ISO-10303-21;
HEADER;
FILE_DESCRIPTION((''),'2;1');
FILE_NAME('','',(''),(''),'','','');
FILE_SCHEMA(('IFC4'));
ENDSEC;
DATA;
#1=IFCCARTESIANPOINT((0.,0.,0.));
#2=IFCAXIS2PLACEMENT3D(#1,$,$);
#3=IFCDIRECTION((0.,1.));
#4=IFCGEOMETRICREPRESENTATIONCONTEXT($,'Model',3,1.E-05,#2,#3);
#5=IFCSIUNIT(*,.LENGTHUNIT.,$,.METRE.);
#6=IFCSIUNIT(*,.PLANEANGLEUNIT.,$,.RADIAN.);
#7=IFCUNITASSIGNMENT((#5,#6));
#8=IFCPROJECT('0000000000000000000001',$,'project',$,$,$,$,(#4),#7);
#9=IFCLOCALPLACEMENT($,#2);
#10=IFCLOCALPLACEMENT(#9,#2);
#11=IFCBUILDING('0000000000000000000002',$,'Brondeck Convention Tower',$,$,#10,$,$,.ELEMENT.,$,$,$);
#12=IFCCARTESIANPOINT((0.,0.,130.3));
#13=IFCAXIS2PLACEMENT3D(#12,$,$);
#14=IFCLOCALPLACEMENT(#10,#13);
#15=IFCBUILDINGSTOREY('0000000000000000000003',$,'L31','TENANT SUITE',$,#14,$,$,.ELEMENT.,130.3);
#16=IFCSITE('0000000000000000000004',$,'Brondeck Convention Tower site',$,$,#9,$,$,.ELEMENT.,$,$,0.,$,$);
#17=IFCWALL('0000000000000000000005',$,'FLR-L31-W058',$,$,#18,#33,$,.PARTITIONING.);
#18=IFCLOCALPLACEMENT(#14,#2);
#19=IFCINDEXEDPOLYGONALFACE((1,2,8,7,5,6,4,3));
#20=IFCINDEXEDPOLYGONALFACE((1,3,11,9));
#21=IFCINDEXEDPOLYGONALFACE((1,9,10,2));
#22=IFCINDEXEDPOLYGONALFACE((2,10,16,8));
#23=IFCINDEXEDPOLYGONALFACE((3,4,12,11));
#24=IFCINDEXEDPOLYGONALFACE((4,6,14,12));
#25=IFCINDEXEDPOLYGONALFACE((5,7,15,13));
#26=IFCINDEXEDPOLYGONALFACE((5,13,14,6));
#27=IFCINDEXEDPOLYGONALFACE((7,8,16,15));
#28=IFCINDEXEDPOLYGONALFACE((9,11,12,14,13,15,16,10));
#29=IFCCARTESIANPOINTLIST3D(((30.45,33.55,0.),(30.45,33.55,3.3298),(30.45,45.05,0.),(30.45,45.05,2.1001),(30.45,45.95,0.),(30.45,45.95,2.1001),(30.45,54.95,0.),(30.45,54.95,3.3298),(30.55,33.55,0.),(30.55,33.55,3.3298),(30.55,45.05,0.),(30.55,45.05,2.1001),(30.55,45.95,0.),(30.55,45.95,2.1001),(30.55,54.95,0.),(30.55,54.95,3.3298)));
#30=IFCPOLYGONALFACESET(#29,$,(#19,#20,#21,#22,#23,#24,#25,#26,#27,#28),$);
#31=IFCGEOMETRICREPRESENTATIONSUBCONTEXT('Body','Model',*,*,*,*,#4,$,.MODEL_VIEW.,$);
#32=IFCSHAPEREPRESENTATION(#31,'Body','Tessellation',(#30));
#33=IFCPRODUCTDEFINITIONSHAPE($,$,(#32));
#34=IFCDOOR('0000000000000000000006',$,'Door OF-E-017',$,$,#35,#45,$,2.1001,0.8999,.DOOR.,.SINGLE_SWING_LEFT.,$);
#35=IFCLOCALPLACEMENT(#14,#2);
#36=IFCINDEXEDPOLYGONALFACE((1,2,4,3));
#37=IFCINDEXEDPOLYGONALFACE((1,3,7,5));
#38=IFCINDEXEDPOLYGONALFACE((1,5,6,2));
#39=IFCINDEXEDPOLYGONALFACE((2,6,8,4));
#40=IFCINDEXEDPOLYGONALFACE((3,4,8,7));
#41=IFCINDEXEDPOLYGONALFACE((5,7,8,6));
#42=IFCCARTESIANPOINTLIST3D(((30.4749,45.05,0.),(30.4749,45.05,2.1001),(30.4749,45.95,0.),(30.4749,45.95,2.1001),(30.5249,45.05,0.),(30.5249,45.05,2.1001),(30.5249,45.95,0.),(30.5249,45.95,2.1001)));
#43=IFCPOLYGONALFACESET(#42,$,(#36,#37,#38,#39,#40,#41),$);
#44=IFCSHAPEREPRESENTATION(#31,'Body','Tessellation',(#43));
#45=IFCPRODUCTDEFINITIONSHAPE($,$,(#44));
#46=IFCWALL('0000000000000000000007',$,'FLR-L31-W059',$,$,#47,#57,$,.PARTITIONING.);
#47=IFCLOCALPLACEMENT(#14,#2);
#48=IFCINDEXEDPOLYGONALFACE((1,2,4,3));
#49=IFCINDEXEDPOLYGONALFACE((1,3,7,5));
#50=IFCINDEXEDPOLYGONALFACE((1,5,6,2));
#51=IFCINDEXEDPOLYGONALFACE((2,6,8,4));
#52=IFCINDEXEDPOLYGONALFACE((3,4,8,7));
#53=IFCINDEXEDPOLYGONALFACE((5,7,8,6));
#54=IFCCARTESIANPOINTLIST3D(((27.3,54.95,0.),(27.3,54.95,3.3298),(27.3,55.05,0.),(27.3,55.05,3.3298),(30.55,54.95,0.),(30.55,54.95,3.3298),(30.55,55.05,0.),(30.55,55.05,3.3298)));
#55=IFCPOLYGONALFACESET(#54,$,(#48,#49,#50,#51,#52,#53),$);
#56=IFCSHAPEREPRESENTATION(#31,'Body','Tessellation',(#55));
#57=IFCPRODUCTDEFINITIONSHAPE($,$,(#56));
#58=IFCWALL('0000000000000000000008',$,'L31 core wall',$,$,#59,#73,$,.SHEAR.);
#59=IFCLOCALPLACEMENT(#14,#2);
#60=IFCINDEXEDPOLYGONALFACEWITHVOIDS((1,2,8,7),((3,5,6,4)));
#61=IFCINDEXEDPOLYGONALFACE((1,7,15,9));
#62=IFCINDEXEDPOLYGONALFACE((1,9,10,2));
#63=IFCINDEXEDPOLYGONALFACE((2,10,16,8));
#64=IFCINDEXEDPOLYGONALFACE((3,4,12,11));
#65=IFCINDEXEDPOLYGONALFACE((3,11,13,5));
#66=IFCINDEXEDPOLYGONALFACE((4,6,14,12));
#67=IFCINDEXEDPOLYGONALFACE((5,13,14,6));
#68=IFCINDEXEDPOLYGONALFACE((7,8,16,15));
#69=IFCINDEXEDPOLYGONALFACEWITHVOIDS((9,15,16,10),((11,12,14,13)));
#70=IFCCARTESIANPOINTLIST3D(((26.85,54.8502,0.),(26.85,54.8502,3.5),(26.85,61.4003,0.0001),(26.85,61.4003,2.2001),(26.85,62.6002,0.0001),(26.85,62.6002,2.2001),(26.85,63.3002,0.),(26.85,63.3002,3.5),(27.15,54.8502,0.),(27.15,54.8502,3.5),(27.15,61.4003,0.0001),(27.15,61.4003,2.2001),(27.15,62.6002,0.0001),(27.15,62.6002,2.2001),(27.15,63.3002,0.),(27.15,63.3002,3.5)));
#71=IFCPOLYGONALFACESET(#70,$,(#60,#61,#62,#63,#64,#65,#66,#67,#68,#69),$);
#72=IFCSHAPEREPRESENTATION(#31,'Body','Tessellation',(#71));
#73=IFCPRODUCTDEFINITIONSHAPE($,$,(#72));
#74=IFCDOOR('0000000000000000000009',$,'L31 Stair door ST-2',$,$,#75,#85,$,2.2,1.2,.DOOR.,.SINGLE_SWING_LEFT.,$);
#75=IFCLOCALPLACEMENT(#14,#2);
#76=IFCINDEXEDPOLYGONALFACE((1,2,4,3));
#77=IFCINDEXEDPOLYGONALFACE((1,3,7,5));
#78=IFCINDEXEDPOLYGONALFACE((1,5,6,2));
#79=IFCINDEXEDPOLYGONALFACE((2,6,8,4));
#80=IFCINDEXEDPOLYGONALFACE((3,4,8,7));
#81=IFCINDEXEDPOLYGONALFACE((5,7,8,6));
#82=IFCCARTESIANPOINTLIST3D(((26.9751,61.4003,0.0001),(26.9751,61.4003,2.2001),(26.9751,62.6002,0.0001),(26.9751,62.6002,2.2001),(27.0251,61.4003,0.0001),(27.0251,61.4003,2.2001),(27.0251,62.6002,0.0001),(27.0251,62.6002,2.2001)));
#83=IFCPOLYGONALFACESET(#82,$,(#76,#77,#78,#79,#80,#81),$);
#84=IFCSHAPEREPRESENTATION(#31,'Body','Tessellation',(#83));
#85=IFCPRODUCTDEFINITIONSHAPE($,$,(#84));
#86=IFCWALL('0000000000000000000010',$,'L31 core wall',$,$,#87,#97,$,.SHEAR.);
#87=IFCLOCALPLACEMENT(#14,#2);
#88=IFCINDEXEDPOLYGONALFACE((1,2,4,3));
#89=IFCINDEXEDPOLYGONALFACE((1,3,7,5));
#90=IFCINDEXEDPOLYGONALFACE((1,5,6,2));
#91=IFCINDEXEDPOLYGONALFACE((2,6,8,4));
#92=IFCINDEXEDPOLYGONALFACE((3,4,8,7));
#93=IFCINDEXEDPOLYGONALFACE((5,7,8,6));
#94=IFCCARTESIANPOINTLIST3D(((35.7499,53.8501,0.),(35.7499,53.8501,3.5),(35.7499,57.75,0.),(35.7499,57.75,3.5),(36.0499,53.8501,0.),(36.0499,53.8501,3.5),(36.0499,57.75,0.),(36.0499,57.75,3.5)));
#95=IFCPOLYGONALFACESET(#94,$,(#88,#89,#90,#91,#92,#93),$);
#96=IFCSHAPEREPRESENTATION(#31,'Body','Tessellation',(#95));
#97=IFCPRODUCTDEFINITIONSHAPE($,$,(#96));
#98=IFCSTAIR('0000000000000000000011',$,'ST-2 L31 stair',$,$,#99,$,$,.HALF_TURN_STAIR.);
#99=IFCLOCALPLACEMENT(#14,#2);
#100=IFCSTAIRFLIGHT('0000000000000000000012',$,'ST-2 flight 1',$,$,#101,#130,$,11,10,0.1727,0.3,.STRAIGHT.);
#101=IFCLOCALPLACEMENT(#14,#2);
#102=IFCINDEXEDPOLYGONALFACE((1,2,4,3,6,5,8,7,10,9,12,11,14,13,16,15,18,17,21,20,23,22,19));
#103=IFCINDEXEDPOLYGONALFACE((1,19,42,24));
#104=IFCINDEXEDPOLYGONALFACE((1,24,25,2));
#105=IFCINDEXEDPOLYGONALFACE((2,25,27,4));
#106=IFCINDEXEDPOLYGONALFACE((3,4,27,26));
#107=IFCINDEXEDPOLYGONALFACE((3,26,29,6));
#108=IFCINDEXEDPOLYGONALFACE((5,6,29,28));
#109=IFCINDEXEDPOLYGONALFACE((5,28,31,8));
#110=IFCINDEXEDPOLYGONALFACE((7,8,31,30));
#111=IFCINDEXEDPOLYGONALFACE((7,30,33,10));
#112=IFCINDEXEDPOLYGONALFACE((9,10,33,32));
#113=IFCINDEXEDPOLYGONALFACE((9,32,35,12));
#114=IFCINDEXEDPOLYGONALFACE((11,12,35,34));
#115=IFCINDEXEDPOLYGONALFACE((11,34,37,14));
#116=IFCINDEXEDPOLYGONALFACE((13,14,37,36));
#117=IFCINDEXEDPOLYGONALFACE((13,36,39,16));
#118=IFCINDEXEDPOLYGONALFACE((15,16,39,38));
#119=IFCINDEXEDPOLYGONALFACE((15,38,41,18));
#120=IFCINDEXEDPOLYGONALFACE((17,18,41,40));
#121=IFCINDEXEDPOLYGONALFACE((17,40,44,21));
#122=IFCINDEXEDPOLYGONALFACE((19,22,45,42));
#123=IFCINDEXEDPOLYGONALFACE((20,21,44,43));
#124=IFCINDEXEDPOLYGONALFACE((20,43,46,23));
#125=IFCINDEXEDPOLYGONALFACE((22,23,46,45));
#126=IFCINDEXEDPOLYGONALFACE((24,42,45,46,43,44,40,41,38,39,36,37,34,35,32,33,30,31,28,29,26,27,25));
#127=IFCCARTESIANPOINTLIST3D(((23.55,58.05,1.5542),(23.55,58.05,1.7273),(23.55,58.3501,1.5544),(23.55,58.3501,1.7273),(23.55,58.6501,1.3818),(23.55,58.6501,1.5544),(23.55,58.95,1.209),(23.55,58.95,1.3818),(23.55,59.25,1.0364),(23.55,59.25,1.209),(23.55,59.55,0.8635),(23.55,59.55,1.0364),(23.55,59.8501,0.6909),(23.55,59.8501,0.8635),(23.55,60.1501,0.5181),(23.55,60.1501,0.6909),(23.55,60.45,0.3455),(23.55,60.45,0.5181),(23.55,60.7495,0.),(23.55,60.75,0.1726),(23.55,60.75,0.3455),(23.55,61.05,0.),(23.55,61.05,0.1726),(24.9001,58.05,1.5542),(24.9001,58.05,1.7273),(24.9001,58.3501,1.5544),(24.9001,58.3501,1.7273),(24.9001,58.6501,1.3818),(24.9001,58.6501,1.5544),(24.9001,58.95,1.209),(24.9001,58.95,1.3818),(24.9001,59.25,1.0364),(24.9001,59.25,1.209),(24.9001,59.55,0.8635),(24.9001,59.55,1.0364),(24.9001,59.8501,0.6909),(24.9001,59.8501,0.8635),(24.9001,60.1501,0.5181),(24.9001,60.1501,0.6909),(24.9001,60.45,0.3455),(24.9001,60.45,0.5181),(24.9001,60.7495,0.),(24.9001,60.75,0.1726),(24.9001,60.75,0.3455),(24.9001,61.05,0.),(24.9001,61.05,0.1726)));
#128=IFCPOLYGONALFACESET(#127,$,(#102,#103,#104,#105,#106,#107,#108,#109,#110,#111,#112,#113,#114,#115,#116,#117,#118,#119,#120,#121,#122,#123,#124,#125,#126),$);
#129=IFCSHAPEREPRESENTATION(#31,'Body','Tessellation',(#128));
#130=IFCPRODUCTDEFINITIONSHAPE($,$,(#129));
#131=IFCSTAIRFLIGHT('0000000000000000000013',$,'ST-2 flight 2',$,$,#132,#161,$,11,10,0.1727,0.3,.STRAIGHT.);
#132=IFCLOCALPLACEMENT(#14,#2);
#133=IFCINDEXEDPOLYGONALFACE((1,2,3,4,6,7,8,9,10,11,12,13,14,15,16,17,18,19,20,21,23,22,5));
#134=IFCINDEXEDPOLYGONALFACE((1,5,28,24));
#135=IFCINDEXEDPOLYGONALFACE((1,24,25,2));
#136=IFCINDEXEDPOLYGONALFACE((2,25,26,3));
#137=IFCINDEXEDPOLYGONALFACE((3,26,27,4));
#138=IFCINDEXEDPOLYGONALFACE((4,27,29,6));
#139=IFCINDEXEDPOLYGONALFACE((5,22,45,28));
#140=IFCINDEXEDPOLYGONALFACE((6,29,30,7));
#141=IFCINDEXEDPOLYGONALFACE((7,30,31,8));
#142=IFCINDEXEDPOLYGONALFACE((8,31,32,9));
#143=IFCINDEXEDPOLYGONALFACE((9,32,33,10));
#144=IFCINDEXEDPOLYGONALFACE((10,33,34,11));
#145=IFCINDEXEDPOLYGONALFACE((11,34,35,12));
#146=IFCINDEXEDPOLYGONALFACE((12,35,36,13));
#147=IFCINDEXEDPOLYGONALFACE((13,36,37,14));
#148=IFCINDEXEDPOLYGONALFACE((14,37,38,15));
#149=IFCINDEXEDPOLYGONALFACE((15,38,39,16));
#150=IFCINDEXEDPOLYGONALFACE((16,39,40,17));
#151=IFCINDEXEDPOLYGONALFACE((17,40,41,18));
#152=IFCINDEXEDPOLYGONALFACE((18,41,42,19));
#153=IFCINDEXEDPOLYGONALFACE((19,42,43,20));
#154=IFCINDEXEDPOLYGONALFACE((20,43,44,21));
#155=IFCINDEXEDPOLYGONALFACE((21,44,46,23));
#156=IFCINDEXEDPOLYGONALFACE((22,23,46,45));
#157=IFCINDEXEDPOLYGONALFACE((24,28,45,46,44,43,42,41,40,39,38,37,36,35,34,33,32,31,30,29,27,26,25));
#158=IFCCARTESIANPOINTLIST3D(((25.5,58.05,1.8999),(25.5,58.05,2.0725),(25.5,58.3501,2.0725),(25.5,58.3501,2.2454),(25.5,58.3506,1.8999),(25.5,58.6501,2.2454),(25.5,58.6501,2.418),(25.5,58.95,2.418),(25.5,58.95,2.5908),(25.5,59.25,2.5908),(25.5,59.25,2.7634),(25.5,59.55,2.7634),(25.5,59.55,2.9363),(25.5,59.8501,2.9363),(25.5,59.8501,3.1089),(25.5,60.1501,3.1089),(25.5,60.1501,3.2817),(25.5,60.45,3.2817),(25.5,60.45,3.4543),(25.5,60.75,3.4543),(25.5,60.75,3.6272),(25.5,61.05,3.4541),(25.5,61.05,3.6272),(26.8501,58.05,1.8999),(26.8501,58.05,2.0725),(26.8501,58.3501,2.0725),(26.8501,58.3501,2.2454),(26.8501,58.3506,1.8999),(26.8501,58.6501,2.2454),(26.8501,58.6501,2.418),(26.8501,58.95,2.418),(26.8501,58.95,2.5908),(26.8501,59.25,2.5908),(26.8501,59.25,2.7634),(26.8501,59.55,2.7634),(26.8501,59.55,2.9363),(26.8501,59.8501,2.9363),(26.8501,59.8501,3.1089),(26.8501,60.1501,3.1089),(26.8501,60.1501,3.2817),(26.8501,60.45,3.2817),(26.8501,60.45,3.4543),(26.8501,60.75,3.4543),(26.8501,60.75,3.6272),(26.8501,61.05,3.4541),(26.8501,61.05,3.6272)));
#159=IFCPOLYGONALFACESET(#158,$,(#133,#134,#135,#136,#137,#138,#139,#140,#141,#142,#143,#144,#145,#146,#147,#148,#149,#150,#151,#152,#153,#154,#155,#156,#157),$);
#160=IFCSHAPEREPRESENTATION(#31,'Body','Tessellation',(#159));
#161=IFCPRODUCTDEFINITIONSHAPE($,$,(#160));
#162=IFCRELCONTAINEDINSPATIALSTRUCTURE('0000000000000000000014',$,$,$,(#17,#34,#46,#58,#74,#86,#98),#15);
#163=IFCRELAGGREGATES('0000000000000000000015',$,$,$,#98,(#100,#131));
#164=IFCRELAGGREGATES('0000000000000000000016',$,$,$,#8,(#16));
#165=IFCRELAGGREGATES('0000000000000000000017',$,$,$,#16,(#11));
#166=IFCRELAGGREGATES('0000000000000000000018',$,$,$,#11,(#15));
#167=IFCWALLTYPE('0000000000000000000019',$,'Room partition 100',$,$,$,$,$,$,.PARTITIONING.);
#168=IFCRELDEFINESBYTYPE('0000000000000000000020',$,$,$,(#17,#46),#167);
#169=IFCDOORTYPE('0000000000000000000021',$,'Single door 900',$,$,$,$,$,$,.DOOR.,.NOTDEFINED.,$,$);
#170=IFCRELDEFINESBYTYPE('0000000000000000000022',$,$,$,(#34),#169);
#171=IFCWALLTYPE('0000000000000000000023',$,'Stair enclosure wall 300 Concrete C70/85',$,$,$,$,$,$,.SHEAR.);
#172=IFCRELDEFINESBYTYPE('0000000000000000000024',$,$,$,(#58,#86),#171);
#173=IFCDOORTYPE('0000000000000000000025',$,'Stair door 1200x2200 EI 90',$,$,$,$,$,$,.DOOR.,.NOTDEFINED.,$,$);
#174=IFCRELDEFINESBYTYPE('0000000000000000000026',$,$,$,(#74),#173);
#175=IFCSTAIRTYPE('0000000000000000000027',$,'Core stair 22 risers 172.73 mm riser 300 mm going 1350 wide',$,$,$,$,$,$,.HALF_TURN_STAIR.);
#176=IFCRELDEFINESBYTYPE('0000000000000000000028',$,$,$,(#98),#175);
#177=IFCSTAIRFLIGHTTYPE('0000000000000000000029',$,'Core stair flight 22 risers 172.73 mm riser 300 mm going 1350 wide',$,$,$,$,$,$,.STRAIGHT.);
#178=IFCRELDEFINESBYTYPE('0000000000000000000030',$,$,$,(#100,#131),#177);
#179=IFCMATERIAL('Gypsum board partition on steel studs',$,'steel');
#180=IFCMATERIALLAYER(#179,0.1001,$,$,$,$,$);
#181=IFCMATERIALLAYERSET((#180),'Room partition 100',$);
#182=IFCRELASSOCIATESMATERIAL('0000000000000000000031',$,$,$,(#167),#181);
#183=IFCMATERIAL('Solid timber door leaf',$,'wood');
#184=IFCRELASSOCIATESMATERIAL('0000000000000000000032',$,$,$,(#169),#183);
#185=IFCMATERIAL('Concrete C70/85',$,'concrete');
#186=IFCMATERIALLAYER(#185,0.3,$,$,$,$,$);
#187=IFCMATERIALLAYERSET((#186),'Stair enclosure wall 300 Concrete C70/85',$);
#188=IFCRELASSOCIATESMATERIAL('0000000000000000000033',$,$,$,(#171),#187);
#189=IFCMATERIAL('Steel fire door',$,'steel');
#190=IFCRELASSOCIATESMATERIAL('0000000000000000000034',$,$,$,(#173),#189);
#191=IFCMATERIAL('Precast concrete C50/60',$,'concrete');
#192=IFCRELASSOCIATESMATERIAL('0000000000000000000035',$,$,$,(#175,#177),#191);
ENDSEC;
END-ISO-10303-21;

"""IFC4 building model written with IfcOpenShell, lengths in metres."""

from ifc_helpers import new_model, si_unit, direction, frame, frame_2d, origin, place, context, subcontext, project, spatial, polyline, rectangle, outline, extrude, material, layer, layer_set, type_object, element, fill, aggregate, save


model = new_model("IFC4")

# Units and contexts
model_context = context("Model", 3, precision=1e-05, world=origin(), true_north=direction((0.0, 1.0)))
body_context = subcontext(model_context, "Body", "Model", "MODEL_VIEW")
ifc_project = project(units=[si_unit("LENGTHUNIT", "METRE"), si_unit("PLANEANGLEUNIT", "RADIAN")], contexts=[model_context])

# Site, building, storey
site_placement = place(None, origin())
site = spatial("IfcSite", under=ifc_project, at=site_placement, Name="Brondeck Convention Tower site", CompositionType="ELEMENT", RefElevation=0.0)
building_placement = place(site_placement, origin())
building = spatial("IfcBuilding", under=site, at=building_placement, Name="Brondeck Convention Tower", CompositionType="ELEMENT")
storey_placement = place(building_placement, frame((0.0, 0.0, 130.3)))
storey = spatial("IfcBuildingStorey", under=building, at=storey_placement, Name="L31", Description="TENANT SUITE", CompositionType="ELEMENT", Elevation=130.3)

# Shared definitions
ifc_material_1 = material(Name="Concrete C70/85", Category="concrete")

# Wall, opening, door
ifc_material_2 = material(Name="Gypsum board partition on steel studs", Category="steel")
ifc_layer_1 = layer(ifc_material_2, 0.1001)
ifc_layer_set_1 = layer_set([ifc_layer_1], Name="Room partition 100")
wall_type_1 = type_object("IfcWallType", Name="Room partition 100", PredefinedType="PARTITIONING", material=ifc_layer_set_1)
wall_1_placement = place(storey_placement, frame((30.5, 54.95, 0.0), z_axis=(0.0, 0.0, 1.0), x_axis=(0.0, -1.0, 0.0)))
wall_1 = element("IfcWall", 1, at=wall_1_placement, inside=storey, type_object=wall_type_1, Name="FLR-L31-W058", PredefinedType="PARTITIONING", context=body_context, shape_type="SweptSolid", body=[
    extrude(rectangle(XDim=21.3999, YDim=0.1001, at=frame_2d((10.7, 0.0))), origin(), (0.0, 0.0, 1.0), 3.3298),
])
opening_1_placement = place(wall_1_placement, frame((9.0, 0.0, 0.0)))
opening_1 = element("IfcOpeningElement", 2, at=opening_1_placement, cuts=wall_1, PredefinedType="OPENING", context=body_context, shape_type="SweptSolid", body=[
    extrude(rectangle(XDim=0.8999, YDim=2.1001, at=frame_2d((0.45, 1.05))), frame((0.0, 0.0601, 0.0), z_axis=(0.0, -1.0, 0.0), x_axis=(1.0, 0.0, 0.0)), (0.0, 0.0, 1.0), 0.1201),
])
ifc_material_3 = material(Name="Solid timber door leaf", Category="wood")
door_type_1 = type_object("IfcDoorType", Name="Single door 900", OperationType="NOTDEFINED", PredefinedType="DOOR", material=ifc_material_3)
door_1_placement = place(opening_1_placement, origin())
door_1 = element("IfcDoor", 3, at=door_1_placement, inside=storey, type_object=door_type_1, Name="Door OF-E-017", OperationType="SINGLE_SWING_LEFT", OverallHeight=2.1001, OverallWidth=0.8999, PredefinedType="DOOR", context=body_context, shape_type="SweptSolid", body=[
    extrude(rectangle(XDim=0.8999, YDim=2.1001, at=frame_2d((0.45, 1.05))), frame((0.0, 0.0249, 0.0), z_axis=(0.0, -1.0, 0.0), x_axis=(1.0, 0.0, 0.0)), (0.0, 0.0, 1.0), 0.05),
])
fill(opening_1, door_1)

# Wall
wall_2_placement = place(storey_placement, frame((27.3, 55.0, 0.0), z_axis=(0.0, 0.0, 1.0), x_axis=(1.0, 0.0, 0.0)))
element("IfcWall", 4, at=wall_2_placement, inside=storey, type_object=wall_type_1, Name="FLR-L31-W059", PredefinedType="PARTITIONING", context=body_context, shape_type="SweptSolid", body=[
    extrude(rectangle(XDim=3.25, YDim=0.1001, at=frame_2d((1.625, 0.0))), origin(), (0.0, 0.0, 1.0), 3.3298),
])

# Wall, opening, door
ifc_layer_2 = layer(ifc_material_1, 0.3)
ifc_layer_set_2 = layer_set([ifc_layer_2], Name="Stair enclosure wall 300 Concrete C70/85")
wall_type_2 = type_object("IfcWallType", Name="Stair enclosure wall 300 Concrete C70/85", PredefinedType="SHEAR", material=ifc_layer_set_2)
wall_3_placement = place(storey_placement, frame((27.0, 54.8501, 0.0), z_axis=(0.0, 0.0, 1.0), x_axis=(0.0, 1.0, 0.0)))
wall_3 = element("IfcWall", 5, at=wall_3_placement, inside=storey, type_object=wall_type_2, Name="L31 core wall", PredefinedType="SHEAR", context=body_context, shape_type="SweptSolid", body=[
    extrude(rectangle(XDim=8.45, YDim=0.3, at=frame_2d((4.2251, 0.0))), origin(), (0.0, 0.0, 1.0), 3.5),
])
opening_2_placement = place(wall_3_placement, frame((6.55, 0.0, 0.0)))
opening_2 = element("IfcOpeningElement", 6, at=opening_2_placement, cuts=wall_3, PredefinedType="OPENING", context=body_context, shape_type="SweptSolid", body=[
    extrude(rectangle(XDim=1.2, YDim=2.2, at=frame_2d((0.6001, 1.1001))), frame((0.0, 0.1599, 0.0), z_axis=(0.0, -1.0, 0.0), x_axis=(1.0, 0.0, 0.0)), (0.0, 0.0, 1.0), 0.3201),
])
ifc_material_4 = material(Name="Steel fire door", Category="steel")
door_type_2 = type_object("IfcDoorType", Name="Stair door 1200x2200 EI 90", OperationType="NOTDEFINED", PredefinedType="DOOR", material=ifc_material_4)
door_2_placement = place(opening_2_placement, origin())
door_2 = element("IfcDoor", 7, at=door_2_placement, inside=storey, type_object=door_type_2, Name="L31 Stair door ST-2", OperationType="SINGLE_SWING_LEFT", OverallHeight=2.2, OverallWidth=1.2, PredefinedType="DOOR", context=body_context, shape_type="SweptSolid", body=[
    extrude(rectangle(XDim=1.2, YDim=2.2, at=frame_2d((0.6001, 1.1001))), frame((0.0, 0.0249, 0.0), z_axis=(0.0, -1.0, 0.0), x_axis=(1.0, 0.0, 0.0)), (0.0, 0.0, 1.0), 0.05),
])
fill(opening_2, door_2)

# Wall
wall_4_placement = place(storey_placement, frame((35.8999, 53.8501, 0.0), z_axis=(0.0, 0.0, 1.0), x_axis=(0.0, 1.0, 0.0)))
element("IfcWall", 8, at=wall_4_placement, inside=storey, type_object=wall_type_2, Name="L31 core wall", PredefinedType="SHEAR", context=body_context, shape_type="SweptSolid", body=[
    extrude(rectangle(XDim=3.8999, YDim=0.3, at=frame_2d((1.95, 0.0))), origin(), (0.0, 0.0, 1.0), 3.5),
])

# Stair, stair flights
ifc_material_5 = material(Name="Precast concrete C50/60", Category="concrete")
stair_type = type_object("IfcStairType", Name="Core stair 22 risers 172.73 mm riser 300 mm going 1350 wide", PredefinedType="HALF_TURN_STAIR", material=ifc_material_5)
stair_placement = place(storey_placement, origin())
stair = element("IfcStair", 9, at=stair_placement, inside=storey, type_object=stair_type, Name="ST-2 L31 stair", PredefinedType="HALF_TURN_STAIR")
stair_flight_type = type_object("IfcStairFlightType", Name="Core stair flight 22 risers 172.73 mm riser 300 mm going 1350 wide", PredefinedType="STRAIGHT", material=ifc_material_5)
stair_flight_1_placement = place(storey_placement, frame((24.2251, 61.05, 0.0), z_axis=(0.0, 0.0, 1.0), x_axis=(0.0, -1.0, 0.0)))
stair_flight_1 = element("IfcStairFlight", 10, at=stair_flight_1_placement, type_object=stair_flight_type, Name="ST-2 flight 1", NumberOfRisers=11, NumberOfTreads=10, PredefinedType="STRAIGHT", RiserHeight=0.1727, TreadLength=0.3, context=body_context, shape_type="SweptSolid", body=[
    extrude(outline(polyline([(0.0, 0.0), (0.0, 0.1726), (0.3, 0.1726), (0.3, 0.3455), (0.6001, 0.3455), (0.6001, 0.5181), (0.8999, 0.5181), (0.8999, 0.6909), (1.2, 0.6909), (1.2, 0.8635), (1.5, 0.8635), (1.5, 1.0364), (1.8, 1.0364), (1.8, 1.209), (2.1001, 1.209), (2.1001, 1.3818), (2.3999, 1.3818), (2.3999, 1.5544), (2.7, 1.5544), (2.7, 1.7273), (3.0, 1.7273), (3.0, 1.8999), (3.0, 1.5542), (0.3005, 0.0), (0.0, 0.0)])), frame((0.0, 0.675, 0.0), z_axis=(0.0, -1.0, 0.0), x_axis=(1.0, 0.0, 0.0)), (0.0, 0.0, 1.0), 1.3501),
])
stair_flight_2_placement = place(storey_placement, frame((26.175, 58.05, 1.8999), z_axis=(0.0, 0.0, 1.0), x_axis=(0.0, 1.0, 0.0)))
stair_flight_2 = element("IfcStairFlight", 11, at=stair_flight_2_placement, type_object=stair_flight_type, Name="ST-2 flight 2", NumberOfRisers=11, NumberOfTreads=10, PredefinedType="STRAIGHT", RiserHeight=0.1727, TreadLength=0.3, context=body_context, shape_type="SweptSolid", body=[
    extrude(outline(polyline([(0.0, 0.0), (0.0, 0.1726), (0.3, 0.1726), (0.3, 0.3455), (0.6001, 0.3455), (0.6001, 0.5181), (0.8999, 0.5181), (0.8999, 0.6909), (1.2, 0.6909), (1.2, 0.8635), (1.5, 0.8635), (1.5, 1.0364), (1.8, 1.0364), (1.8, 1.209), (2.1001, 1.209), (2.1001, 1.3818), (2.3999, 1.3818), (2.3999, 1.5544), (2.7, 1.5544), (2.7, 1.7273), (3.0, 1.7273), (3.0, 1.8999), (3.0, 1.5542), (0.3005, 0.0), (0.0, 0.0)])), frame((0.0, 0.675, 0.0), z_axis=(0.0, -1.0, 0.0), x_axis=(1.0, 0.0, 0.0)), (0.0, 0.0, 1.0), 1.3501),
])
aggregate(stair, [stair_flight_1, stair_flight_2])

save(model, "model.ifc")
